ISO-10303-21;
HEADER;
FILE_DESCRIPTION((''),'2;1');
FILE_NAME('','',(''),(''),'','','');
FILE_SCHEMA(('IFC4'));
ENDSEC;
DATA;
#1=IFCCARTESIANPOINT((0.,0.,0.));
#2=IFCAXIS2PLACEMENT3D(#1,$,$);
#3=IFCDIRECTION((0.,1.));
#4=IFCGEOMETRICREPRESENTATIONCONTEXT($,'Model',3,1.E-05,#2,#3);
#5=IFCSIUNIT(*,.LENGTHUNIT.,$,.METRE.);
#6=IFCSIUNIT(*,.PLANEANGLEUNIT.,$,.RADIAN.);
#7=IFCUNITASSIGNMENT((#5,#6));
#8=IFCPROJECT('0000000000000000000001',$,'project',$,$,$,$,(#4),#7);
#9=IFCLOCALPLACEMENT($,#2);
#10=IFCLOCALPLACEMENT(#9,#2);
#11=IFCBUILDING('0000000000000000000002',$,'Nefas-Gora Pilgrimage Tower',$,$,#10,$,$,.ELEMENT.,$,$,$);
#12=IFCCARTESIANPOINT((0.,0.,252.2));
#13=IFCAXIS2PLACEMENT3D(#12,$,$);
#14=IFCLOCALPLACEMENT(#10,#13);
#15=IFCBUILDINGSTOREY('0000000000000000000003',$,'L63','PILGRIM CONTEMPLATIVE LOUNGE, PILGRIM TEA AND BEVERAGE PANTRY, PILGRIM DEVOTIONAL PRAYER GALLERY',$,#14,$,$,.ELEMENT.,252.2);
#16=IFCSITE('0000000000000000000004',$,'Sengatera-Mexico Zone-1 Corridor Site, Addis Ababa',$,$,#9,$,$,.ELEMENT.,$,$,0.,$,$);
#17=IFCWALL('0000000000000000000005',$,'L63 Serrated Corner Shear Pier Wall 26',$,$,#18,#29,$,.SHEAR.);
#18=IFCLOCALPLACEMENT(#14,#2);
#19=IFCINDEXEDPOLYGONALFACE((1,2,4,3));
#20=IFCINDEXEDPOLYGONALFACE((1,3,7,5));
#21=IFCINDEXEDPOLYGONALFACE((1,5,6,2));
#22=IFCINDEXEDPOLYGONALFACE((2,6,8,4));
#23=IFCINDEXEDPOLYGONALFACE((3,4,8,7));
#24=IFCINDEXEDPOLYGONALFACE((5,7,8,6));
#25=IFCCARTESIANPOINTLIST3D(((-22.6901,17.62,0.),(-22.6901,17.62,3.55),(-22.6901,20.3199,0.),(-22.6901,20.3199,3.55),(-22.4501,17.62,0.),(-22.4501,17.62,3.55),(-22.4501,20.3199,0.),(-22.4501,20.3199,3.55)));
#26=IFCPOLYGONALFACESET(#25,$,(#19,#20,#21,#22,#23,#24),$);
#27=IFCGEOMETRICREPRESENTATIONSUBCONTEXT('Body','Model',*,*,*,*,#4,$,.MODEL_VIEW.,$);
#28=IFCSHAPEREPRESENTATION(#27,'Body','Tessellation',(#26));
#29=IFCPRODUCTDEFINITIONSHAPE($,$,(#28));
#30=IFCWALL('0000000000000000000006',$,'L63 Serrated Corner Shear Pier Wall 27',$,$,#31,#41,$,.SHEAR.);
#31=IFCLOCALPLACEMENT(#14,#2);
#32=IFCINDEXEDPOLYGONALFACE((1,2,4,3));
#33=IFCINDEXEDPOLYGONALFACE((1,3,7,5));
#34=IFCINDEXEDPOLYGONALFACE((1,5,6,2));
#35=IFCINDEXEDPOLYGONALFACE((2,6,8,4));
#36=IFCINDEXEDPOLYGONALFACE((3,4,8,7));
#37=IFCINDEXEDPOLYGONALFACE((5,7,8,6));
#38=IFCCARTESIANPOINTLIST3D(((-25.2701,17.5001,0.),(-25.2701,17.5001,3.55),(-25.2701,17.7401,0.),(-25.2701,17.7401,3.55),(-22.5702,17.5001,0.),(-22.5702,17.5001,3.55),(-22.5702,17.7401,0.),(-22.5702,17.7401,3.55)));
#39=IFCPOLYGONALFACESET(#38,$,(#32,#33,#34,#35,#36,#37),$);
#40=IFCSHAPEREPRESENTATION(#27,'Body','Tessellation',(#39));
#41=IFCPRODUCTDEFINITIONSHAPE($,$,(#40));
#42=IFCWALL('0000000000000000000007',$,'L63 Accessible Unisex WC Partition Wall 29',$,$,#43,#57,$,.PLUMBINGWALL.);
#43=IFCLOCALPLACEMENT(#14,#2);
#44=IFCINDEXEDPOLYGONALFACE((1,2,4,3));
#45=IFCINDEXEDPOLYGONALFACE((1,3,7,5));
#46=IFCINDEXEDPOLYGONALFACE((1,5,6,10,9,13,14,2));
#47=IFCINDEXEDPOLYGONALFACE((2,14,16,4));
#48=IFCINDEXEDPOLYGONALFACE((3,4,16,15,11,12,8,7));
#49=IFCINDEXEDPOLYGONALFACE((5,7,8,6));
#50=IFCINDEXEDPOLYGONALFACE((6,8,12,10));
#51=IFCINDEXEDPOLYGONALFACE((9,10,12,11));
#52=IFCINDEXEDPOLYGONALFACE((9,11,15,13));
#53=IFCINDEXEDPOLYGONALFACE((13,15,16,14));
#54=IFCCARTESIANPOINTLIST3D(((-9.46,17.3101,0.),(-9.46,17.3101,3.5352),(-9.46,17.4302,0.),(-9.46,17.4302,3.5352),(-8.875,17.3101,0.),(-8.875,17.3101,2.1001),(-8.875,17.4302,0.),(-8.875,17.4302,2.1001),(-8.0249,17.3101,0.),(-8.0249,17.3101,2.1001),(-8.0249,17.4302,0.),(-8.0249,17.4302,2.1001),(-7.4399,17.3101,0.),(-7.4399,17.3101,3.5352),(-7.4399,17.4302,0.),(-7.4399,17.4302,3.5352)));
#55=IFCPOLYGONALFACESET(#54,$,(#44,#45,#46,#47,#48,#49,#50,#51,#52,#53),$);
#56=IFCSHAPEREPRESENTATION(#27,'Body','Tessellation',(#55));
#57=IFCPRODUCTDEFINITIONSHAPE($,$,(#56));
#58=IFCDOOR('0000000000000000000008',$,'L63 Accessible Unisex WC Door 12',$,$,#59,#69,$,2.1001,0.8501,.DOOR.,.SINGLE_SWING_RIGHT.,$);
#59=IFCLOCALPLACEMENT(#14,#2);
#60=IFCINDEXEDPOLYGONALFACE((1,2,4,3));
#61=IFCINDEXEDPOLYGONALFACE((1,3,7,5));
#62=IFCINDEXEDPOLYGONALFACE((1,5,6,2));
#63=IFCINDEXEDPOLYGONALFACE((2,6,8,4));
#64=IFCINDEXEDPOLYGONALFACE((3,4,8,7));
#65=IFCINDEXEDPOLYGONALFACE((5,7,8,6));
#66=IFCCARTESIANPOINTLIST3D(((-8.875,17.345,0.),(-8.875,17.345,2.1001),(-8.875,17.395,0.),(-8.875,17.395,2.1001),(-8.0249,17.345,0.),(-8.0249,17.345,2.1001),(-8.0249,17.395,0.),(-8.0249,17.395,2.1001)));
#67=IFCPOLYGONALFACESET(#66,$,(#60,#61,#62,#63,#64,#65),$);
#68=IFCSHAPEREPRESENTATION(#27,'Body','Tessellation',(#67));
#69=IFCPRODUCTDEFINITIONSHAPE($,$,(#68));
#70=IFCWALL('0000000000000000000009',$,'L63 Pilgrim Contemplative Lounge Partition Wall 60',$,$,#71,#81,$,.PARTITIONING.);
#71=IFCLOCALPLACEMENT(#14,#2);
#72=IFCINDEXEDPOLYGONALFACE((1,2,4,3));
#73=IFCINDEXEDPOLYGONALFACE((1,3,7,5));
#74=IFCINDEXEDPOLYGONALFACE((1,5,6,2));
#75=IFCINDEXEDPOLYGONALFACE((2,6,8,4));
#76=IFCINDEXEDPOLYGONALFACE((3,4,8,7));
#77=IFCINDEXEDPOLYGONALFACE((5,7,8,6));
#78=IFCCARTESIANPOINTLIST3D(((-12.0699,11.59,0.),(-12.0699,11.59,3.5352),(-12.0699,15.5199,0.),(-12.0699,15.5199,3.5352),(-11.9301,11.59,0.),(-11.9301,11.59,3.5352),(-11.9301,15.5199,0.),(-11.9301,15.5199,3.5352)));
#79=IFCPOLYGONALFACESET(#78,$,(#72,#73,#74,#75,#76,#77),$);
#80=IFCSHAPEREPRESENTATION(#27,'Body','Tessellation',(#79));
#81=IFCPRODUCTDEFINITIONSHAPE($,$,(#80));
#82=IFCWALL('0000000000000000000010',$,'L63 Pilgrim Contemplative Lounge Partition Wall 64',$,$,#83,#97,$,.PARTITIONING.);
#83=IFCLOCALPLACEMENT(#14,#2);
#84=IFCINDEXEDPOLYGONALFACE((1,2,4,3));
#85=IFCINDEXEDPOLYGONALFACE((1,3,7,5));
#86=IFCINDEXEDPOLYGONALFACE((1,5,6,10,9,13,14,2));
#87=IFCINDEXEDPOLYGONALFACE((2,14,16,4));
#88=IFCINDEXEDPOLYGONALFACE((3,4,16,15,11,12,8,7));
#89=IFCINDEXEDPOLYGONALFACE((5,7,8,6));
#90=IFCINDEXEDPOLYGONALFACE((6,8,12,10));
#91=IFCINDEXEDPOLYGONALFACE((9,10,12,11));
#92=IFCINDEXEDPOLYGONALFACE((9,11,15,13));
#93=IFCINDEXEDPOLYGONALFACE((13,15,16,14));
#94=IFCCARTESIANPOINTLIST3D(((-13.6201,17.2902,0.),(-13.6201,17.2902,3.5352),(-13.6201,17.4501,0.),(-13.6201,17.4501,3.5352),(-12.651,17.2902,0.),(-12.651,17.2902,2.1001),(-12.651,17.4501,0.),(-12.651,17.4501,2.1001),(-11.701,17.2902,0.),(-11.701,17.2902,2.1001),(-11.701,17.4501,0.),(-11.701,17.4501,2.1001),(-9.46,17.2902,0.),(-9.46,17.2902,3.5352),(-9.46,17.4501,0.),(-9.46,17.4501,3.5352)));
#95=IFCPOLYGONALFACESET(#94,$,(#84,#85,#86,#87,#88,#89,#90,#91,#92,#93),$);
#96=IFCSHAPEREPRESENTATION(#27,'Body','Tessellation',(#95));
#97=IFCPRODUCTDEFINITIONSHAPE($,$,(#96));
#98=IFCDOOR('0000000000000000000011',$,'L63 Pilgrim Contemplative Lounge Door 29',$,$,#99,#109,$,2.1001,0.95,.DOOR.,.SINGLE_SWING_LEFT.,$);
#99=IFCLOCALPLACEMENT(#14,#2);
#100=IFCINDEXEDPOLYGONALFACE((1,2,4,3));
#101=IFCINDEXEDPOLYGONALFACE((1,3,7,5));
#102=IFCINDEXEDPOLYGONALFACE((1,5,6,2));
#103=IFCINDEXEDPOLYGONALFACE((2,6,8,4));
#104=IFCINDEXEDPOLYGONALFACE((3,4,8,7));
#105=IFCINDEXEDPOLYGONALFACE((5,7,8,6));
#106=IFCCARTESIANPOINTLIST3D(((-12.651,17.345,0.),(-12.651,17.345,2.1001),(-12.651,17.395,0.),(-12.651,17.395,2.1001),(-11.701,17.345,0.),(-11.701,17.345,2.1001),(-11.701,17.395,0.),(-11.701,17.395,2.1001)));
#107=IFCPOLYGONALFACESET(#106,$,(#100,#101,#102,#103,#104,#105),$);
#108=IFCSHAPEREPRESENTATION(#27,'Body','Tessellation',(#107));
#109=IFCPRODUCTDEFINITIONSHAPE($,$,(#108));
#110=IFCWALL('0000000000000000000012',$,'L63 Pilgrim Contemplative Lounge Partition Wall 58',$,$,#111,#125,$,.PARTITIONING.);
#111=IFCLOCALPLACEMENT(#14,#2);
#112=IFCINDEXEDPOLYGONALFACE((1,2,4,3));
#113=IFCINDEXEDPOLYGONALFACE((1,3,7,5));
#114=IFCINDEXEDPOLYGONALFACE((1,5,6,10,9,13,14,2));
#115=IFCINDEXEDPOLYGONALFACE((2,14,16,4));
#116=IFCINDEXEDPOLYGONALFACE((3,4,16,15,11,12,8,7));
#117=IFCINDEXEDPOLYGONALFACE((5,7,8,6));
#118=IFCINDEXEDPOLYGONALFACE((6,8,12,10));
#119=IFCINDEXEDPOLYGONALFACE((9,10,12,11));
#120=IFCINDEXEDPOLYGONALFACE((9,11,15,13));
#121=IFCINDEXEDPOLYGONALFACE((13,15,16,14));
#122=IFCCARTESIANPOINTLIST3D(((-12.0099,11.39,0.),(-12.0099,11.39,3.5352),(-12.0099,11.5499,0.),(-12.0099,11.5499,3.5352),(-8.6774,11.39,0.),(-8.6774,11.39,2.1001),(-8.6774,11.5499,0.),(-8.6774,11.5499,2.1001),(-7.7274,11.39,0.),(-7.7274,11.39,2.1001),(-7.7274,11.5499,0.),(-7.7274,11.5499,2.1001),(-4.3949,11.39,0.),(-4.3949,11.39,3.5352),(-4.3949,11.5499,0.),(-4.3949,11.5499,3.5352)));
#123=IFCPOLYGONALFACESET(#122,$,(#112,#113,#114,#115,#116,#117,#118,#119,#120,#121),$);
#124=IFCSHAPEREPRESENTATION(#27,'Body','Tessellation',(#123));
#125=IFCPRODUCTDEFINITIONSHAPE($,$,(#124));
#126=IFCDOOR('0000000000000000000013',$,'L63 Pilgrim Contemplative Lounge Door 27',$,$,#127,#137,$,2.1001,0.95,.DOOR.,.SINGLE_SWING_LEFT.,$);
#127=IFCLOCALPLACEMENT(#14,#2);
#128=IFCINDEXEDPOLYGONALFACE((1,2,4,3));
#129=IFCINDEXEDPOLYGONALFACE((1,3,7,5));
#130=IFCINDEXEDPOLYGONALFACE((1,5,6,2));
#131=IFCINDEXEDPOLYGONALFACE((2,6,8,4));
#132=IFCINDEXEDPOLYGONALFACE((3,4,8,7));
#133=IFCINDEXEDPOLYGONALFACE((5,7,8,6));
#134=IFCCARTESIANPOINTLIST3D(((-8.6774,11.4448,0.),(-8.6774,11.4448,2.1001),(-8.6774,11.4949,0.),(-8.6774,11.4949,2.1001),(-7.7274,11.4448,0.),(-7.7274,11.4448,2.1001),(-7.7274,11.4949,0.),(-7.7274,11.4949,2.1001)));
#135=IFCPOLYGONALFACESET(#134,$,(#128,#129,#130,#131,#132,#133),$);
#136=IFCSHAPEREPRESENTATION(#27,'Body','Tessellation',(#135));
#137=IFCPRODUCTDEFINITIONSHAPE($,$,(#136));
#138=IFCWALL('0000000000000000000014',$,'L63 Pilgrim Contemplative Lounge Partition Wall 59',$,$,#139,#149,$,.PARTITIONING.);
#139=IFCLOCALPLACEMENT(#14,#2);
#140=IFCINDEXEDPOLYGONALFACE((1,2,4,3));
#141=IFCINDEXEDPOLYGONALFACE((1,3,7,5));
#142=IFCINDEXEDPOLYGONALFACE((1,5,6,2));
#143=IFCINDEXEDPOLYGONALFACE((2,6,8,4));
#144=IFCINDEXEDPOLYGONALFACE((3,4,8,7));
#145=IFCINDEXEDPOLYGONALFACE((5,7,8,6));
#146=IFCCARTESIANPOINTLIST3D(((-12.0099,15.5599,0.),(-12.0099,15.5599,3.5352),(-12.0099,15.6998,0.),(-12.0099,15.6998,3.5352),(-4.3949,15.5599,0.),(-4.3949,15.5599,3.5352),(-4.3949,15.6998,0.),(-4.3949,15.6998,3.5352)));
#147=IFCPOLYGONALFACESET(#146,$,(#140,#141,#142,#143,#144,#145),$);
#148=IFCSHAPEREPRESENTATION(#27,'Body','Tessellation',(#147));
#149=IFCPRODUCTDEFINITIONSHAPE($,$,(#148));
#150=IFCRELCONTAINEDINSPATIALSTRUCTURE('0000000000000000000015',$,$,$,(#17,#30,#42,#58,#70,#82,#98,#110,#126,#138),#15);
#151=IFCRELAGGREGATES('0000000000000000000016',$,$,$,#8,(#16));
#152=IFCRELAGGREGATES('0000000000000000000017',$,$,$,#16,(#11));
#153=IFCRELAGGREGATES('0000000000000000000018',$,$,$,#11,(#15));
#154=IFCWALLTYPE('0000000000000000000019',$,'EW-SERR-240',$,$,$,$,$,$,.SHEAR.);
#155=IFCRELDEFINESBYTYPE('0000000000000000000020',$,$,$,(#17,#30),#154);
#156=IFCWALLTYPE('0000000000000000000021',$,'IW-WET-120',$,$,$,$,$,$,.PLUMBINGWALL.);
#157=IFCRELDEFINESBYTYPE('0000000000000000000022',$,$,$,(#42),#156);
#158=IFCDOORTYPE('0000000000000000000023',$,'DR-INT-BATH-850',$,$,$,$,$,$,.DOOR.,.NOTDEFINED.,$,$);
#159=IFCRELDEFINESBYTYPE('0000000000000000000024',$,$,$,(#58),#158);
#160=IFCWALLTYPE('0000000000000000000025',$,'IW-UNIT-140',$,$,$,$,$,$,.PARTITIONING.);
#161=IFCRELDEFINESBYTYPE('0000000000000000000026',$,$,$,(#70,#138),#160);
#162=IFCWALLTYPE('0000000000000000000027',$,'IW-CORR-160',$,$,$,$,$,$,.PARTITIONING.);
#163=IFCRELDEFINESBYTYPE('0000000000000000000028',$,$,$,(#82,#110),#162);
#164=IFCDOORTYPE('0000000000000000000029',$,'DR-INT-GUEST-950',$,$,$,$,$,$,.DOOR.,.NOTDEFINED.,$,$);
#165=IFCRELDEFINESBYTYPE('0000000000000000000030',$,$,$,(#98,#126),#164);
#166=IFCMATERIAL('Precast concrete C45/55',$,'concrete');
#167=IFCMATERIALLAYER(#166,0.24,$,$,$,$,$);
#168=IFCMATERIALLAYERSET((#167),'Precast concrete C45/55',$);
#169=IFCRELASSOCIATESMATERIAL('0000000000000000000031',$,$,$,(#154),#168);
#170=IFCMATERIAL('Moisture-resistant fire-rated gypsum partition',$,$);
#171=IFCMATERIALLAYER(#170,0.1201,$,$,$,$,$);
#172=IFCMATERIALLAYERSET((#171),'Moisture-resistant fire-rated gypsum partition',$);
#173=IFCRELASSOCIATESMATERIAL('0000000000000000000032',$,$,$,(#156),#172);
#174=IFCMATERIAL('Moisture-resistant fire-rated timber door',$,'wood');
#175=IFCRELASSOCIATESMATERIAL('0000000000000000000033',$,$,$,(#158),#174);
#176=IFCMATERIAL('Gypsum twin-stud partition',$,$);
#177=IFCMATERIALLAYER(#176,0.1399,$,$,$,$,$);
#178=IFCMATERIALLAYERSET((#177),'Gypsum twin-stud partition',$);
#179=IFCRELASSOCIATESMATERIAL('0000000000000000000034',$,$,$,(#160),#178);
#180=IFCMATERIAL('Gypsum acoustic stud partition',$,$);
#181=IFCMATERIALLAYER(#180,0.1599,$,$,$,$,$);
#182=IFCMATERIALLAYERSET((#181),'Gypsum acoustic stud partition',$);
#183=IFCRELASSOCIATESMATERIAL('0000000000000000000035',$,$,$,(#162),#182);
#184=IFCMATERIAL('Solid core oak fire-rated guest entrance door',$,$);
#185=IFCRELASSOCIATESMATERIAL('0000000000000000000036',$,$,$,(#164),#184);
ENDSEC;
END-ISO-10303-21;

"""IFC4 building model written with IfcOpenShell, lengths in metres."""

from ifc_helpers import new_model, si_unit, direction, frame, frame_2d, origin, place, context, subcontext, project, spatial, rectangle, extrude, source, transform, mapped, material, layer, layer_set, type_object, element, fill, save


model = new_model("IFC4")

# Units and contexts
model_context = context("Model", 3, precision=1e-05, world=origin(), true_north=direction((0.0, 1.0)))
body_context = subcontext(model_context, "Body", "Model", "MODEL_VIEW")
ifc_project = project(units=[si_unit("LENGTHUNIT", "METRE"), si_unit("PLANEANGLEUNIT", "RADIAN")], contexts=[model_context])

# Site, building, storey
site_placement = place(None, origin())
site = spatial("IfcSite", under=ifc_project, at=site_placement, Name="Sengatera-Mexico Zone-1 Corridor Site, Addis Ababa", CompositionType="ELEMENT", RefElevation=0.0)
building_placement = place(site_placement, origin())
building = spatial("IfcBuilding", under=site, at=building_placement, Name="Nefas-Gora Pilgrimage Tower", CompositionType="ELEMENT")
storey_placement = place(building_placement, frame((0.0, 0.0, 252.2)))
storey = spatial("IfcBuildingStorey", under=building, at=storey_placement, Name="L63", Description="PILGRIM CONTEMPLATIVE LOUNGE, PILGRIM TEA AND BEVERAGE PANTRY, PILGRIM DEVOTIONAL PRAYER GALLERY", CompositionType="ELEMENT", Elevation=252.2)

# Shared definitions
ifc_material_1 = material(Name="Precast concrete C45/55", Category="concrete")
ifc_layer_1 = layer(ifc_material_1, 0.24)
ifc_layer_set_1 = layer_set([ifc_layer_1], Name="Precast concrete C45/55")
wall_type_1 = type_object("IfcWallType", Name="EW-SERR-240", PredefinedType="SHEAR", material=ifc_layer_set_1)
shared_shape_1 = source(origin(), body_context, "Body", "SweptSolid", [
    extrude(rectangle(XDim=2.7, YDim=0.24, at=frame_2d((1.3501, 0.0))), origin(), (0.0, 0.0, 1.0), 3.55),
])

# Walls
for number, where, z_axis, x_axis, name in (
    (1, (-22.5701, 20.3201, 0.0), (0.0, 0.0, 1.0), (0.0, -1.0, 0.0), "L63 Serrated Corner Shear Pier Wall 26"),
    (2, (-22.5701, 17.6201, 0.0), (0.0, 0.0, 1.0), (-1.0, 0.0, 0.0), "L63 Serrated Corner Shear Pier Wall 27"),
):
    element("IfcWall", number, at=place(storey_placement, frame(where, z_axis=z_axis, x_axis=x_axis)), inside=storey, type_object=wall_type_1, Name=name, PredefinedType="SHEAR", context=body_context, shape_type="MappedRepresentation", body=[
        mapped(shared_shape_1, transform((0.0, 0.0, 0.0), x_axis=(1.0, 0.0, 0.0), y_axis=(0.0, 1.0, 0.0), z_axis=(0.0, 0.0, 1.0), scale=1.0)),
    ])

# Wall, opening, door
ifc_material_2 = material(Name="Moisture-resistant fire-rated gypsum partition")
ifc_layer_2 = layer(ifc_material_2, 0.1201)
ifc_layer_set_2 = layer_set([ifc_layer_2], Name="Moisture-resistant fire-rated gypsum partition")
wall_type_2 = type_object("IfcWallType", Name="IW-WET-120", PredefinedType="PLUMBINGWALL", material=ifc_layer_set_2)
shared_shape_2 = source(origin(), body_context, "Body", "SweptSolid", [
    extrude(rectangle(XDim=2.02, YDim=0.1201, at=frame_2d((1.01, 0.0))), origin(), (0.0, 0.0, 1.0), 3.5352),
])
wall_1_placement = place(storey_placement, frame((-9.46, 17.3701, 0.0), z_axis=(0.0, 0.0, 1.0), x_axis=(1.0, 0.0, 0.0)))
wall_1 = element("IfcWall", 3, at=wall_1_placement, inside=storey, type_object=wall_type_2, Name="L63 Accessible Unisex WC Partition Wall 29", PredefinedType="PLUMBINGWALL", context=body_context, shape_type="MappedRepresentation", body=[
    mapped(shared_shape_2, transform((0.0, 0.0, 0.0), x_axis=(1.0, 0.0, 0.0), y_axis=(0.0, 1.0, 0.0), z_axis=(0.0, 0.0, 1.0), scale=1.0)),
])
opening_1_placement = place(wall_1_placement, frame((0.585, 0.0, 0.0)))
opening_1 = element("IfcOpeningElement", 4, at=opening_1_placement, cuts=wall_1, PredefinedType="OPENING", context=body_context, shape_type="SweptSolid", body=[
    extrude(rectangle(XDim=0.8501, YDim=2.1001, at=frame_2d((0.425, 1.05))), frame((0.0, 0.0701, 0.0), z_axis=(0.0, -1.0, 0.0), x_axis=(1.0, 0.0, 0.0)), (0.0, 0.0, 1.0), 0.1401),
])
ifc_material_3 = material(Name="Moisture-resistant fire-rated timber door", Category="wood")
door_type_1 = type_object("IfcDoorType", Name="DR-INT-BATH-850", OperationType="NOTDEFINED", PredefinedType="DOOR", material=ifc_material_3)
shared_shape_3 = source(origin(), body_context, "Body", "SweptSolid", [
    extrude(rectangle(XDim=0.8501, YDim=2.1001, at=frame_2d((0.425, 1.05))), frame((0.0, 0.0249, 0.0), z_axis=(0.0, -1.0, 0.0), x_axis=(1.0, 0.0, 0.0)), (0.0, 0.0, 1.0), 0.05),
])
door_1_placement = place(opening_1_placement, origin())
door_1 = element("IfcDoor", 5, at=door_1_placement, inside=storey, type_object=door_type_1, Name="L63 Accessible Unisex WC Door 12", OperationType="SINGLE_SWING_RIGHT", OverallHeight=2.1001, OverallWidth=0.8501, PredefinedType="DOOR", context=body_context, shape_type="MappedRepresentation", body=[
    mapped(shared_shape_3, transform((0.0, 0.0, 0.0), x_axis=(1.0, 0.0, 0.0), y_axis=(0.0, 1.0, 0.0), z_axis=(0.0, 0.0, 1.0), scale=1.0)),
])
fill(opening_1, door_1)

# Wall
ifc_material_4 = material(Name="Gypsum twin-stud partition")
ifc_layer_3 = layer(ifc_material_4, 0.1399)
ifc_layer_set_3 = layer_set([ifc_layer_3], Name="Gypsum twin-stud partition")
wall_type_3 = type_object("IfcWallType", Name="IW-UNIT-140", PredefinedType="PARTITIONING", material=ifc_layer_set_3)
shared_shape_4 = source(origin(), body_context, "Body", "SweptSolid", [
    extrude(rectangle(XDim=3.9299, YDim=0.1399, at=frame_2d((1.9648, 0.0))), origin(), (0.0, 0.0, 1.0), 3.5352),
])
wall_2_placement = place(storey_placement, frame((-12.0, 11.5901, 0.0), z_axis=(0.0, 0.0, 1.0), x_axis=(0.0, 1.0, 0.0)))
element("IfcWall", 6, at=wall_2_placement, inside=storey, type_object=wall_type_3, Name="L63 Pilgrim Contemplative Lounge Partition Wall 60", PredefinedType="PARTITIONING", context=body_context, shape_type="MappedRepresentation", body=[
    mapped(shared_shape_4, transform((0.0, 0.0, 0.0), x_axis=(1.0, 0.0, 0.0), y_axis=(0.0, 1.0, 0.0), z_axis=(0.0, 0.0, 1.0), scale=1.0)),
])

# Walls, openings, doors
ifc_material_5 = material(Name="Gypsum acoustic stud partition")
ifc_layer_4 = layer(ifc_material_5, 0.1599)
ifc_layer_set_4 = layer_set([ifc_layer_4], Name="Gypsum acoustic stud partition")
wall_type_4 = type_object("IfcWallType", Name="IW-CORR-160", PredefinedType="PARTITIONING", material=ifc_layer_set_4)
shared_shape_5 = source(origin(), body_context, "Body", "SweptSolid", [
    extrude(rectangle(XDim=4.1602, YDim=0.1599, at=frame_2d((2.0801, 0.0))), origin(), (0.0, 0.0, 1.0), 3.5352),
])
wall_3_placement = place(storey_placement, frame((-13.6201, 17.3701, 0.0), z_axis=(0.0, 0.0, 1.0), x_axis=(1.0, 0.0, 0.0)))
wall_3 = element("IfcWall", 7, at=wall_3_placement, inside=storey, type_object=wall_type_4, Name="L63 Pilgrim Contemplative Lounge Partition Wall 64", PredefinedType="PARTITIONING", context=body_context, shape_type="MappedRepresentation", body=[
    mapped(shared_shape_5, transform((0.0, 0.0, 0.0), x_axis=(1.0, 0.0, 0.0), y_axis=(0.0, 1.0, 0.0), z_axis=(0.0, 0.0, 1.0), scale=1.0)),
])
opening_2_placement = place(wall_3_placement, frame((0.969, 0.0, 0.0)))
opening_2 = element("IfcOpeningElement", 8, at=opening_2_placement, cuts=wall_3, PredefinedType="OPENING", context=body_context, shape_type="SweptSolid", body=[
    extrude(rectangle(XDim=0.95, YDim=2.1001, at=frame_2d((0.4751, 1.05))), frame((0.0, 0.0898, 0.0), z_axis=(0.0, -1.0, 0.0), x_axis=(1.0, 0.0, 0.0)), (0.0, 0.0, 1.0), 0.1799),
])
ifc_material_6 = material(Name="Solid core oak fire-rated guest entrance door")
door_type_2 = type_object("IfcDoorType", Name="DR-INT-GUEST-950", OperationType="NOTDEFINED", PredefinedType="DOOR", material=ifc_material_6)
shared_shape_6 = source(origin(), body_context, "Body", "SweptSolid", [
    extrude(rectangle(XDim=0.95, YDim=2.1001, at=frame_2d((0.4751, 1.05))), frame((0.0, 0.0249, 0.0), z_axis=(0.0, -1.0, 0.0), x_axis=(1.0, 0.0, 0.0)), (0.0, 0.0, 1.0), 0.05),
])
door_2_placement = place(opening_2_placement, origin())
door_2 = element("IfcDoor", 9, at=door_2_placement, inside=storey, type_object=door_type_2, Name="L63 Pilgrim Contemplative Lounge Door 29", OperationType="SINGLE_SWING_LEFT", OverallHeight=2.1001, OverallWidth=0.95, PredefinedType="DOOR", context=body_context, shape_type="MappedRepresentation", body=[
    mapped(shared_shape_6, transform((0.0, 0.0, 0.0), x_axis=(1.0, 0.0, 0.0), y_axis=(0.0, 1.0, 0.0), z_axis=(0.0, 0.0, 1.0), scale=1.0)),
])
fill(opening_2, door_2)
shared_shape_7 = source(origin(), body_context, "Body", "SweptSolid", [
    extrude(rectangle(XDim=7.615, YDim=0.1599, at=frame_2d((3.8076, 0.0))), origin(), (0.0, 0.0, 1.0), 3.5352),
])
wall_4_placement = place(storey_placement, frame((-12.01, 11.47, 0.0), z_axis=(0.0, 0.0, 1.0), x_axis=(1.0, 0.0, 0.0)))
wall_4 = element("IfcWall", 10, at=wall_4_placement, inside=storey, type_object=wall_type_4, Name="L63 Pilgrim Contemplative Lounge Partition Wall 58", PredefinedType="PARTITIONING", context=body_context, shape_type="MappedRepresentation", body=[
    mapped(shared_shape_7, transform((0.0, 0.0, 0.0), x_axis=(1.0, 0.0, 0.0), y_axis=(0.0, 1.0, 0.0), z_axis=(0.0, 0.0, 1.0), scale=1.0)),
])
opening_3_placement = place(wall_4_placement, frame((3.3325, 0.0, 0.0)))
opening_3 = element("IfcOpeningElement", 11, at=opening_3_placement, cuts=wall_4, PredefinedType="OPENING", context=body_context, shape_type="SweptSolid", body=[
    extrude(rectangle(XDim=0.95, YDim=2.1001, at=frame_2d((0.4751, 1.05))), frame((0.0, 0.0898, 0.0), z_axis=(0.0, -1.0, 0.0), x_axis=(1.0, 0.0, 0.0)), (0.0, 0.0, 1.0), 0.1799),
])
door_3_placement = place(opening_3_placement, origin())
door_3 = element("IfcDoor", 12, at=door_3_placement, inside=storey, type_object=door_type_2, Name="L63 Pilgrim Contemplative Lounge Door 27", OperationType="SINGLE_SWING_LEFT", OverallHeight=2.1001, OverallWidth=0.95, PredefinedType="DOOR", context=body_context, shape_type="MappedRepresentation", body=[
    mapped(shared_shape_6, transform((0.0, 0.0, 0.0), x_axis=(1.0, 0.0, 0.0), y_axis=(0.0, 1.0, 0.0), z_axis=(0.0, 0.0, 1.0), scale=1.0)),
])
fill(opening_3, door_3)

# Wall
shared_shape_8 = source(origin(), body_context, "Body", "SweptSolid", [
    extrude(rectangle(XDim=7.615, YDim=0.1399, at=frame_2d((3.8076, 0.0))), origin(), (0.0, 0.0, 1.0), 3.5352),
])
wall_5_placement = place(storey_placement, frame((-12.01, 15.6299, 0.0), z_axis=(0.0, 0.0, 1.0), x_axis=(1.0, 0.0, 0.0)))
element("IfcWall", 13, at=wall_5_placement, inside=storey, type_object=wall_type_3, Name="L63 Pilgrim Contemplative Lounge Partition Wall 59", PredefinedType="PARTITIONING", context=body_context, shape_type="MappedRepresentation", body=[
    mapped(shared_shape_8, transform((0.0, 0.0, 0.0), x_axis=(1.0, 0.0, 0.0), y_axis=(0.0, 1.0, 0.0), z_axis=(0.0, 0.0, 1.0), scale=1.0)),
])

save(model, "model.ifc")
